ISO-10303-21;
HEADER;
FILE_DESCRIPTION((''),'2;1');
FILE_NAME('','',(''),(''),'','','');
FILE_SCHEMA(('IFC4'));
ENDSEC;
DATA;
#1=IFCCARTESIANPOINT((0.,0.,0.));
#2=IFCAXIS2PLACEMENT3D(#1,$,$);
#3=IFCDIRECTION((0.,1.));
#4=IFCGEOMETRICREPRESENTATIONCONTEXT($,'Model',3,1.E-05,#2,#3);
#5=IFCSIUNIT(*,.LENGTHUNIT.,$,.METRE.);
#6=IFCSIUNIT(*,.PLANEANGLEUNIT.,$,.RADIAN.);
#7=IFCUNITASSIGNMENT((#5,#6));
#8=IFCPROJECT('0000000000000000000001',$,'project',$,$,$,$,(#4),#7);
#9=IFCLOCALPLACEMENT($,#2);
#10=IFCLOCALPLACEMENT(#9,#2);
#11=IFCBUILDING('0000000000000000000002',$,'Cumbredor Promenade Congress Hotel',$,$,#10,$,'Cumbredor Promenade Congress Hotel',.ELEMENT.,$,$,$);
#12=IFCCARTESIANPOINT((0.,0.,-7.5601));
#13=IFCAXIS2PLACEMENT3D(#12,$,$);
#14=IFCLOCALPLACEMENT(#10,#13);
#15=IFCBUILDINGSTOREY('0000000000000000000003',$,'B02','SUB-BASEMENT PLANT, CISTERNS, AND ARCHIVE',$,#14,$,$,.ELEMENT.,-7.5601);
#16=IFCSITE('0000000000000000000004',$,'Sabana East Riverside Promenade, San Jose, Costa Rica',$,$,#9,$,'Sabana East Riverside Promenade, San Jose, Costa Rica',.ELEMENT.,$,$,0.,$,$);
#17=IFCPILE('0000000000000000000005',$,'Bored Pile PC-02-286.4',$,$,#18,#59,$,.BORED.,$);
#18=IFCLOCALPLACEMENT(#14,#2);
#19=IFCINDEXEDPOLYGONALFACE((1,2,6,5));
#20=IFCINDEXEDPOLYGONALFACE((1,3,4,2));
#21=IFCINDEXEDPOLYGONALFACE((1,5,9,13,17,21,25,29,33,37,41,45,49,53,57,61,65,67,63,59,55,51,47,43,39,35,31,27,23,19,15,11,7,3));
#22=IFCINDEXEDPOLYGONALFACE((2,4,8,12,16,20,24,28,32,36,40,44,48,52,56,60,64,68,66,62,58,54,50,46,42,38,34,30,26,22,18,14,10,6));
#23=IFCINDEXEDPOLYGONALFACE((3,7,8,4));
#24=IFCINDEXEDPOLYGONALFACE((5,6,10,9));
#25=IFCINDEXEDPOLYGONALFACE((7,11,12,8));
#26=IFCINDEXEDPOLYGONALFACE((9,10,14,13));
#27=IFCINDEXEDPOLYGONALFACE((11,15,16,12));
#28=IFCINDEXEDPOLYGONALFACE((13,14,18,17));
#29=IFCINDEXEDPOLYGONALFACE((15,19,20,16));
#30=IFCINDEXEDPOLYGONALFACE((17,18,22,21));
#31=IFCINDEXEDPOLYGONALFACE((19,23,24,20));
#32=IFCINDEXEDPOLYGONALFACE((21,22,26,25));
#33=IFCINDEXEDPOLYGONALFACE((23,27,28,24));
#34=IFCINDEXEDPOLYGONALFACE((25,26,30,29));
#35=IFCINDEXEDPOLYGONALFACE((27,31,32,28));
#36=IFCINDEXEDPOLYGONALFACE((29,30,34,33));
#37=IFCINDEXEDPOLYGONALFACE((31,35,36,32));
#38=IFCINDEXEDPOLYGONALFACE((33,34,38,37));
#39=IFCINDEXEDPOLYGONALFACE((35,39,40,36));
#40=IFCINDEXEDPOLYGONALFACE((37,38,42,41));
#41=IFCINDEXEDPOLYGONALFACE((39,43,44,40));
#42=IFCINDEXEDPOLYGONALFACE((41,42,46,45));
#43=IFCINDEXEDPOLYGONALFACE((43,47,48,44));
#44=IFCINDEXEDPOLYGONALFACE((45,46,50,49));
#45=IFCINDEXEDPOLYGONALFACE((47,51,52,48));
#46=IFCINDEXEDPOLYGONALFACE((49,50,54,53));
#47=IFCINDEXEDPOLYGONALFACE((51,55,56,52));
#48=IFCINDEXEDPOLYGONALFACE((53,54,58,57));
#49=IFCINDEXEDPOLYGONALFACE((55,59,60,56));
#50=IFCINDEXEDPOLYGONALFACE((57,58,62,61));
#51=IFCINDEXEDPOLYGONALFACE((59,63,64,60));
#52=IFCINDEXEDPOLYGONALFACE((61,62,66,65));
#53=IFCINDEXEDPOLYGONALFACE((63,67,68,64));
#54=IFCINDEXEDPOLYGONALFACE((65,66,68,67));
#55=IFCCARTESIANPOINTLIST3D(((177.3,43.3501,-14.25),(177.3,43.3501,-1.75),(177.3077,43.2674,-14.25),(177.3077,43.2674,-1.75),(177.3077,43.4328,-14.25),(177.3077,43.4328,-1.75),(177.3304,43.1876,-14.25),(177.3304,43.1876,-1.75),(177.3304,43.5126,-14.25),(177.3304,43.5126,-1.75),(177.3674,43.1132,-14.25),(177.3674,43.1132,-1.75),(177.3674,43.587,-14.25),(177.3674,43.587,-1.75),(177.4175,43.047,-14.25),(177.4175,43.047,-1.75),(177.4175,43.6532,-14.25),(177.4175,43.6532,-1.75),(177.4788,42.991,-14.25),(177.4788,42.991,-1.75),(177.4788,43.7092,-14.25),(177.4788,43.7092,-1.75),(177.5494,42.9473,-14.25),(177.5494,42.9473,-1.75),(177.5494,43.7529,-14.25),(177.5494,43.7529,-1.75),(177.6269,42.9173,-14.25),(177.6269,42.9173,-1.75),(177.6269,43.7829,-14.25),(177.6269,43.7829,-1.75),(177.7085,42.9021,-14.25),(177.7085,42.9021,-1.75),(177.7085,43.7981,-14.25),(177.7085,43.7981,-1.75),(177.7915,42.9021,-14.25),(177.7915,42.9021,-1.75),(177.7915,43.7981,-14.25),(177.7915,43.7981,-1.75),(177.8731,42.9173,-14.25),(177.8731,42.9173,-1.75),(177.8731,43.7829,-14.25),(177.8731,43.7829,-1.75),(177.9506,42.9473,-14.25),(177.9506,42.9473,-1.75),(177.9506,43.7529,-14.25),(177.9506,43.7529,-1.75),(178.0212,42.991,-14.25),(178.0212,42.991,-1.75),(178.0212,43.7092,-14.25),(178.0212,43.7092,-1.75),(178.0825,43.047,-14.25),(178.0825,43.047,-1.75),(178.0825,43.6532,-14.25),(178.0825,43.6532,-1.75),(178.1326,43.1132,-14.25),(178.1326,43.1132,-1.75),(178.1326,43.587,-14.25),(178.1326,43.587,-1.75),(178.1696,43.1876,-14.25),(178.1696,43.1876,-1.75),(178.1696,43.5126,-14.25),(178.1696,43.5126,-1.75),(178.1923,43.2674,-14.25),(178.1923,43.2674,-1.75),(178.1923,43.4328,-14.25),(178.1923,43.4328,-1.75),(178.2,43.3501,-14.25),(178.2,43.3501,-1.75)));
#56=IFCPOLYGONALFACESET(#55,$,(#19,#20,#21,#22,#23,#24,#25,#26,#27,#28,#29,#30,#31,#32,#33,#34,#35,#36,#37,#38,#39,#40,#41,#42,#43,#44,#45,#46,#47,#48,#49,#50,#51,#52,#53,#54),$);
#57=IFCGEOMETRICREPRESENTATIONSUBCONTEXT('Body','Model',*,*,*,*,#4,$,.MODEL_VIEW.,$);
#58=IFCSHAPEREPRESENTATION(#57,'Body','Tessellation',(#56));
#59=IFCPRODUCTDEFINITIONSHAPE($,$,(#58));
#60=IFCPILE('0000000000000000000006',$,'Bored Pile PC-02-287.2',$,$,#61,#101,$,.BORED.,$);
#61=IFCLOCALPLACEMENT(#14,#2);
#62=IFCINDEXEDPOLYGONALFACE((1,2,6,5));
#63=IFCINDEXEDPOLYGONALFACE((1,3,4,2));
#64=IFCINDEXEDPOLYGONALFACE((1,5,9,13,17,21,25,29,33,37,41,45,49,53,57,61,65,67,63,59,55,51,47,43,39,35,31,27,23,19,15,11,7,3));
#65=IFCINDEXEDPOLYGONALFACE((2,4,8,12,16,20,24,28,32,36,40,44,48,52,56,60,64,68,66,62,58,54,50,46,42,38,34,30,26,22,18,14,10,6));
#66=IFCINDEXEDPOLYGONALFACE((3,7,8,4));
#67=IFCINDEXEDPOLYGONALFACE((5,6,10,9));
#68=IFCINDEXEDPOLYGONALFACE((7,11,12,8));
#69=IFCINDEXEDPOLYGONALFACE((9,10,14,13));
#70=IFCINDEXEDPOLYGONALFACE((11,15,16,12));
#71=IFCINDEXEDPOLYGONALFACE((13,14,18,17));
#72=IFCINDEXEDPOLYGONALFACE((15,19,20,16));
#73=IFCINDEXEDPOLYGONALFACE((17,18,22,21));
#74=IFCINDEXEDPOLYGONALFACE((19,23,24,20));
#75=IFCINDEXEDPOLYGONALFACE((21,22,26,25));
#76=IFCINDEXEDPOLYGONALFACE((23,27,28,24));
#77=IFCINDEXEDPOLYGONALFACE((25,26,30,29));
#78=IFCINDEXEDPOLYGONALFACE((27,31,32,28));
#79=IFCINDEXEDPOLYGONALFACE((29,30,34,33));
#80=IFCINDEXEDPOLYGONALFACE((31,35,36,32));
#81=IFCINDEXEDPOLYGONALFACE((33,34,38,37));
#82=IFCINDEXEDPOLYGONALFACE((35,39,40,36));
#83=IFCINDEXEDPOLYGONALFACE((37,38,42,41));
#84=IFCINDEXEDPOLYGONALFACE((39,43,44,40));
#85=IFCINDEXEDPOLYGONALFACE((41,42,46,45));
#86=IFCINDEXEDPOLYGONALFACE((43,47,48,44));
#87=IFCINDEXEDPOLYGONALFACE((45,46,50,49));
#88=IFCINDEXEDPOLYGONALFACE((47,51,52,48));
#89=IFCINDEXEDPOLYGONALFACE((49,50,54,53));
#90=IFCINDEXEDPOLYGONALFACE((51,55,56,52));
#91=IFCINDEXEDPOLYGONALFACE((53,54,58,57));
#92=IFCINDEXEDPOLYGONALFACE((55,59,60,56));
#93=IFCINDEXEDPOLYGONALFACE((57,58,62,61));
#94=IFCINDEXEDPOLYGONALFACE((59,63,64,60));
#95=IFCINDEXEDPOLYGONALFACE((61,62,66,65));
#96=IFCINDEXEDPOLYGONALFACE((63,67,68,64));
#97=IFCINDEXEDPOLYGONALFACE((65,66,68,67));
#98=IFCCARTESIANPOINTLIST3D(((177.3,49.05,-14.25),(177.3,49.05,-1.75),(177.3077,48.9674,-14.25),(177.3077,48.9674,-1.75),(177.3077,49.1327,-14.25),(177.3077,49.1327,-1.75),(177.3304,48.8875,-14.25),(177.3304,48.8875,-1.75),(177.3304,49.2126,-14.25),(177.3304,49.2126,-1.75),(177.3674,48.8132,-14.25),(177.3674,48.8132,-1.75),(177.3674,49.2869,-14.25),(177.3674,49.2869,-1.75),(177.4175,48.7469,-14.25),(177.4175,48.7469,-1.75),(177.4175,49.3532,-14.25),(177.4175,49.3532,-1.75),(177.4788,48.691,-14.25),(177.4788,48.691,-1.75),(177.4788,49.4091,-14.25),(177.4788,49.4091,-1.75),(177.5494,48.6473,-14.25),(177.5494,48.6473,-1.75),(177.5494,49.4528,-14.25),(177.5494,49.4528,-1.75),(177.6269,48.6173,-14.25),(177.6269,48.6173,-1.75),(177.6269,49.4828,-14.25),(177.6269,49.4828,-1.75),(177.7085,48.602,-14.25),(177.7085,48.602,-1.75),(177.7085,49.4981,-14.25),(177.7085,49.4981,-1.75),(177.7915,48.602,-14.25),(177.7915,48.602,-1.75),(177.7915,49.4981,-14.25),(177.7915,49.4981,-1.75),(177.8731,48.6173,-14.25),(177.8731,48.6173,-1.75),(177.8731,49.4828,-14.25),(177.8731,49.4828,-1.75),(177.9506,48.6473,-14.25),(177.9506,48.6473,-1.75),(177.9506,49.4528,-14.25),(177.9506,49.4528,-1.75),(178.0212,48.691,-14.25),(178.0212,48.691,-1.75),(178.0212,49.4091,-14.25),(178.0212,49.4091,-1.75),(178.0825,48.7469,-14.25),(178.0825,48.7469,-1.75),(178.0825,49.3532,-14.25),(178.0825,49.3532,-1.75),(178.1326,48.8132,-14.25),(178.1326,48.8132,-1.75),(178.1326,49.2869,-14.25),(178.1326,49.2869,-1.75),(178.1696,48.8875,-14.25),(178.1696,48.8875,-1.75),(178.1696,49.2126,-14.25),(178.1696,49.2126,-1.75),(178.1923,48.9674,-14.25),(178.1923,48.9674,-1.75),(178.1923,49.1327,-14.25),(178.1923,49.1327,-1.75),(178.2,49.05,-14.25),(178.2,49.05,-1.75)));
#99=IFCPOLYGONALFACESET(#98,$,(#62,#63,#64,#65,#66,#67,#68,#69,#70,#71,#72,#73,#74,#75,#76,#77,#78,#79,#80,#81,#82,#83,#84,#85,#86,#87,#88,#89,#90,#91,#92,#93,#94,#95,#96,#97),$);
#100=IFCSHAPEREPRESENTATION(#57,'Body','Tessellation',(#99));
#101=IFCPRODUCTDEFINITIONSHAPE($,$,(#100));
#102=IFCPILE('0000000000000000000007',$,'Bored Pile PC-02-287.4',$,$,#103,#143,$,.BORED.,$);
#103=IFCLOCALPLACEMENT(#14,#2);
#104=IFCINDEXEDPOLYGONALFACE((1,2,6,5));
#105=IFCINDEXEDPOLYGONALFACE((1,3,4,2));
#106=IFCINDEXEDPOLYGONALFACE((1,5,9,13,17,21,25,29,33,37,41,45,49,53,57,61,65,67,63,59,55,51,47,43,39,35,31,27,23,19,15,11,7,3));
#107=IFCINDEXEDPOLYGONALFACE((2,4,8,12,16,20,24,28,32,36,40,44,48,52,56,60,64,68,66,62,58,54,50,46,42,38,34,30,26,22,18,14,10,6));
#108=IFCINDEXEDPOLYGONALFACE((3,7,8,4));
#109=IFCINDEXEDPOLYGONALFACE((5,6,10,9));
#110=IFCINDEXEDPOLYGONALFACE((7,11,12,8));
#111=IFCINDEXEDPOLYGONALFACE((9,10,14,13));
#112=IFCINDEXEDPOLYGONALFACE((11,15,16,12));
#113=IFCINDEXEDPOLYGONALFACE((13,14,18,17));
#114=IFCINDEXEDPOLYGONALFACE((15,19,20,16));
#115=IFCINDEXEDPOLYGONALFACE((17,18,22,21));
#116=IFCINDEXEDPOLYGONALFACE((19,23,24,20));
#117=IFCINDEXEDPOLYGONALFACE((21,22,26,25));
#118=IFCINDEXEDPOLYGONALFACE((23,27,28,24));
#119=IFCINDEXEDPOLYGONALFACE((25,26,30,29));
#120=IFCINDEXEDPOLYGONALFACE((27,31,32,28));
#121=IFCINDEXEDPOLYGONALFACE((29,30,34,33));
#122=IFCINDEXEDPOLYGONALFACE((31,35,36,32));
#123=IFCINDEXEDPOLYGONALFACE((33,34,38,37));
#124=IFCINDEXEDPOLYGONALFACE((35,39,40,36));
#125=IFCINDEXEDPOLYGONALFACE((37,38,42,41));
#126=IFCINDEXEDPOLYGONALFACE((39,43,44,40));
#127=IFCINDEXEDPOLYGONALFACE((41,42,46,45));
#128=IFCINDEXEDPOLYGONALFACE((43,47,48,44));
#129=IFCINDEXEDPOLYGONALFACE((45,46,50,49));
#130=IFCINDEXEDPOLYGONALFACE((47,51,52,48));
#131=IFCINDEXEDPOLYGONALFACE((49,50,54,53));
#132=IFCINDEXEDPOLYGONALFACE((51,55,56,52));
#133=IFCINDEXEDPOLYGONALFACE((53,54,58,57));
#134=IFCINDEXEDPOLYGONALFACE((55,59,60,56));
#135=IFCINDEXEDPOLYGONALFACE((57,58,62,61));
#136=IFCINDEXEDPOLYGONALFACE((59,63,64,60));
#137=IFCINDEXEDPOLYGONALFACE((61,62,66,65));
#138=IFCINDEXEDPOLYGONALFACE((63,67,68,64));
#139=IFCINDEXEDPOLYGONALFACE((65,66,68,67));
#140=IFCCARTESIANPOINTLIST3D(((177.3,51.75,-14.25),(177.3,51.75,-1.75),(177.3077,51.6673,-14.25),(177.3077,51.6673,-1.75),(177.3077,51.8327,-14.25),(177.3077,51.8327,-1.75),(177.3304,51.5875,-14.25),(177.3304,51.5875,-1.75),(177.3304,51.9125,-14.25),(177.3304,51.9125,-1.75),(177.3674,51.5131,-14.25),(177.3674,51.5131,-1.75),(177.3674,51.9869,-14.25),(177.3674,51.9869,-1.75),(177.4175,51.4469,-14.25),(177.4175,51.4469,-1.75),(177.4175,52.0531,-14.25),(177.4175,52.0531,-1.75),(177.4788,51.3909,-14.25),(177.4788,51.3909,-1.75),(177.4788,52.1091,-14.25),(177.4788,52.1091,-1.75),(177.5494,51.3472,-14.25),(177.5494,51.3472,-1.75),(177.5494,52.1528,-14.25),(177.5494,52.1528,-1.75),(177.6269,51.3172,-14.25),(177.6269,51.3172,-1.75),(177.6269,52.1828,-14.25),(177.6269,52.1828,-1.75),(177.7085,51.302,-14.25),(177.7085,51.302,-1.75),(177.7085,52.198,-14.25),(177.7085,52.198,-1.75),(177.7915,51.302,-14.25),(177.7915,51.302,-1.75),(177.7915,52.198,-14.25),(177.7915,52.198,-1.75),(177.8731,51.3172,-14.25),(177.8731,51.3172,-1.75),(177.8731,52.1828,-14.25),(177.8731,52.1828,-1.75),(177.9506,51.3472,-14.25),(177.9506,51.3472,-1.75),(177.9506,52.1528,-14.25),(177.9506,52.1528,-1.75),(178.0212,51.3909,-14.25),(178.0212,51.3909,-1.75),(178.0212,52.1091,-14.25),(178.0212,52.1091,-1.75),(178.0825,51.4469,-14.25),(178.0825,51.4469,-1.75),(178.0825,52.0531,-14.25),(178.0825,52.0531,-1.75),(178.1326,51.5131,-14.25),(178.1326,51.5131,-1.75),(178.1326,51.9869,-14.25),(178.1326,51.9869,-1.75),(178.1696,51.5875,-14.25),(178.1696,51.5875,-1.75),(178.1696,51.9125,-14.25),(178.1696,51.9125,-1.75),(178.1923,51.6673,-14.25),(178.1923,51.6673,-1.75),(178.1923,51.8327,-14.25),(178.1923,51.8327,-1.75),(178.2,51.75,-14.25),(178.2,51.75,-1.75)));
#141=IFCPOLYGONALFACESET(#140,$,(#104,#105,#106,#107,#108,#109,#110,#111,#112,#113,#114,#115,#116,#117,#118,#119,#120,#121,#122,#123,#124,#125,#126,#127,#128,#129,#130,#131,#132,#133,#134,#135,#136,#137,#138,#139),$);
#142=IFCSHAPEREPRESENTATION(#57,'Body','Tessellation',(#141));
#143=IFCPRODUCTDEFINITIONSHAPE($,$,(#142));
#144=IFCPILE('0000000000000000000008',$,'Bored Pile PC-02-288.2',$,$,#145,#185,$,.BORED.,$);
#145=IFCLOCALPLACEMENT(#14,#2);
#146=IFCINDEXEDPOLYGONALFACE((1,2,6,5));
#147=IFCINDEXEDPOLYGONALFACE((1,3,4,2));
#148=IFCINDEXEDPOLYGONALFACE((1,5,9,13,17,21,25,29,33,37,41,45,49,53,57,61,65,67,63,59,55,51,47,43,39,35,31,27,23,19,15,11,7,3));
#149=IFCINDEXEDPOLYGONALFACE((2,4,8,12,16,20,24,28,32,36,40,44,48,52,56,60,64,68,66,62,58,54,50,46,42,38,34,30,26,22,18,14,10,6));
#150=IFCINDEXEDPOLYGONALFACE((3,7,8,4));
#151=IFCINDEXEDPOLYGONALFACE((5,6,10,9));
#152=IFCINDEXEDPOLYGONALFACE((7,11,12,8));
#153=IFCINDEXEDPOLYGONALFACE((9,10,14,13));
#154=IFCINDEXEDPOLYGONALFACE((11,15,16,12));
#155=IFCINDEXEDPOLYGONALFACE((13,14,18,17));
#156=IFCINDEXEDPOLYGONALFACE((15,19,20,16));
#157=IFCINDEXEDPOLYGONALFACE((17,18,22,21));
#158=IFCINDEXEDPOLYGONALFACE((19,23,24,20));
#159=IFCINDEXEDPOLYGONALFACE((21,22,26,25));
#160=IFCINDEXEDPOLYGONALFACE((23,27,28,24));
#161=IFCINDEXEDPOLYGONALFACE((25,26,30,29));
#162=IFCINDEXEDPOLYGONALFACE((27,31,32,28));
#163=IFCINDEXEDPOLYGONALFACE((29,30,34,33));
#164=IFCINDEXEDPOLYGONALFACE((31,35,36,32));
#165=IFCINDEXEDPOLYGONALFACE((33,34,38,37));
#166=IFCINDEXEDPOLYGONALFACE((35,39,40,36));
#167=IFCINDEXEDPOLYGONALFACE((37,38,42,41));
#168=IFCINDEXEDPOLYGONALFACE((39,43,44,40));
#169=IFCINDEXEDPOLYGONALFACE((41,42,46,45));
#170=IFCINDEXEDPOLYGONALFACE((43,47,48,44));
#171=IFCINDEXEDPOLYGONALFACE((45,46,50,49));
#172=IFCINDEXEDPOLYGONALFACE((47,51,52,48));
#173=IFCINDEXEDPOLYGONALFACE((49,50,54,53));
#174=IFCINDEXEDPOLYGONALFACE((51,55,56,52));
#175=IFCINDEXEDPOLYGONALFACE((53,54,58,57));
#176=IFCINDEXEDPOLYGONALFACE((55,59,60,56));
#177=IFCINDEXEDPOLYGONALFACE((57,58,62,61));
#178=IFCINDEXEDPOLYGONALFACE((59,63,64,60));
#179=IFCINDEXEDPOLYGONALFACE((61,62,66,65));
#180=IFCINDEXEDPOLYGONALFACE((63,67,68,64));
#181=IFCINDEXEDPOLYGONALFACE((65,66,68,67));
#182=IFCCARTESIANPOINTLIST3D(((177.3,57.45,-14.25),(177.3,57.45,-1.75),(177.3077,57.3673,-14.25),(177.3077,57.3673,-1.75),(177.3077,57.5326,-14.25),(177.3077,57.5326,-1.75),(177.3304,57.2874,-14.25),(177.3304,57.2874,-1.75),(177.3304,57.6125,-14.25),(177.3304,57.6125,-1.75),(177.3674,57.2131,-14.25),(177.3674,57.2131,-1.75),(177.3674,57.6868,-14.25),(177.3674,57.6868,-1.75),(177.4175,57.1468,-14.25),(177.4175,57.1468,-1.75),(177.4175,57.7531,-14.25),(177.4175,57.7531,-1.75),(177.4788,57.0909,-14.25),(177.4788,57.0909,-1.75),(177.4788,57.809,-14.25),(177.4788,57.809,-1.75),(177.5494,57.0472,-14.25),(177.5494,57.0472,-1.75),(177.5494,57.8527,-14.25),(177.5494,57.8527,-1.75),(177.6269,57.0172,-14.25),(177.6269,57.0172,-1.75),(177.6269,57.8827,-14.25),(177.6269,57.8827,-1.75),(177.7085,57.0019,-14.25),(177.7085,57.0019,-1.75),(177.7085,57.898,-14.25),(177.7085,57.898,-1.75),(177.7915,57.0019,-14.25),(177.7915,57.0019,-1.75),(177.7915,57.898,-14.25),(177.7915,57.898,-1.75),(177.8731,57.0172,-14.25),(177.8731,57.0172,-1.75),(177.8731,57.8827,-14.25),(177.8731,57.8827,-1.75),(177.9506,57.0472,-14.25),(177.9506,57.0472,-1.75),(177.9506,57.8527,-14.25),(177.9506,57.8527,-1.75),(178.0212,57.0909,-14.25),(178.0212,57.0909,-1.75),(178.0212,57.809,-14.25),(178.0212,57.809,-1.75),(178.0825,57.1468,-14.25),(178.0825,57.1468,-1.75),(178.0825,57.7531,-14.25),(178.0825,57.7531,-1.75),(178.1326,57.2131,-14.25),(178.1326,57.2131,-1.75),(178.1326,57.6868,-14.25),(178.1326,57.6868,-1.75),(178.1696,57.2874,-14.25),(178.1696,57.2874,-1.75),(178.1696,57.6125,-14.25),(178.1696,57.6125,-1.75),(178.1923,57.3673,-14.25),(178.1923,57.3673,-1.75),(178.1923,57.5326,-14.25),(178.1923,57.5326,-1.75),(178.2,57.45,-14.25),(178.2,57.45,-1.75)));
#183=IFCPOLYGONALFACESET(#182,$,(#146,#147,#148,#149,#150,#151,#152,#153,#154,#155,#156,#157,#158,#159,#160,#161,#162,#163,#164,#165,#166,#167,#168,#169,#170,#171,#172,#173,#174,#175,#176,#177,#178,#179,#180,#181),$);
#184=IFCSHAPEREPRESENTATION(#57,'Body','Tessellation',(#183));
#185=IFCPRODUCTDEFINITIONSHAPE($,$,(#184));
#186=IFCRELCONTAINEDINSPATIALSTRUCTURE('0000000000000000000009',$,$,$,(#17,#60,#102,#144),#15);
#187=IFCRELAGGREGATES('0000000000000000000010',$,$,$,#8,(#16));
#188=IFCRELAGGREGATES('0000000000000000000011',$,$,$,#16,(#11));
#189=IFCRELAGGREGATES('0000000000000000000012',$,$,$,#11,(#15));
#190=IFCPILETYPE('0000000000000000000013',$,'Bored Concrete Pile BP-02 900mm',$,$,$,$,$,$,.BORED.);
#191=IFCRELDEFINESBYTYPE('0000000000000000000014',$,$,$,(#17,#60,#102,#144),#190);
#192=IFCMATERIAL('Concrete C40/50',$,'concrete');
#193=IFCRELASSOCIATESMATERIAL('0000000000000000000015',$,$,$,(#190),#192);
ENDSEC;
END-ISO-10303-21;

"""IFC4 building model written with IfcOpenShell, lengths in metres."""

from ifc_helpers import new_model, si_unit, direction, frame, origin, origin_2d, place, context, subcontext, project, spatial, circle, extrude, material, material_profile, profile_set, type_object, element, save


model = new_model("IFC4")

# Units and contexts
model_context = context("Model", 3, precision=1e-05, world=origin(), true_north=direction((0.0, 1.0)))
body_context = subcontext(model_context, "Body", "Model", "MODEL_VIEW")
ifc_project = project(units=[si_unit("LENGTHUNIT", "METRE"), si_unit("PLANEANGLEUNIT", "RADIAN")], contexts=[model_context])

# Site, building, storey
site_placement = place(None, origin())
site = spatial("IfcSite", under=ifc_project, at=site_placement, Name="Sabana East Riverside Promenade, San Jose, Costa Rica", LongName="Sabana East Riverside Promenade, San Jose, Costa Rica", CompositionType="ELEMENT", RefElevation=0.0)
building_placement = place(site_placement, origin())
building = spatial("IfcBuilding", under=site, at=building_placement, Name="Cumbredor Promenade Congress Hotel", LongName="Cumbredor Promenade Congress Hotel", CompositionType="ELEMENT")
storey_placement = place(building_placement, frame((0.0, 0.0, -7.5601)))
storey = spatial("IfcBuildingStorey", under=building, at=storey_placement, Name="B02", Description="SUB-BASEMENT PLANT, CISTERNS, AND ARCHIVE", CompositionType="ELEMENT", Elevation=-7.5601)

# Piles
ifc_material_1 = material(Name="Concrete C40/50", Category="concrete")
ifc_material_profile_1 = material_profile(ifc_material_1, circle(Radius=0.45, at=origin_2d()), Name="PILE D900")
ifc_profile_set_1 = profile_set([ifc_material_profile_1], Name="Concrete C40/50")
pile_type = type_object("IfcPileType", Name="Bored Concrete Pile BP-02 900mm", PredefinedType="BORED", material=ifc_profile_set_1)
for number, where, z_axis, x_axis, name in (
    (1, (177.75, 43.3501, -1.75), (0.0, 0.0, -1.0), (1.0, 0.0, 0.0), "Bored Pile PC-02-286.4"),
    (2, (177.75, 49.05, -1.75), (0.0, 0.0, -1.0), (1.0, 0.0, 0.0), "Bored Pile PC-02-287.2"),
    (3, (177.75, 51.75, -1.75), (0.0, 0.0, -1.0), (1.0, 0.0, 0.0), "Bored Pile PC-02-287.4"),
    (4, (177.75, 57.45, -1.75), (0.0, 0.0, -1.0), (1.0, 0.0, 0.0), "Bored Pile PC-02-288.2"),
):
    element("IfcPile", number, at=place(storey_placement, frame(where, z_axis=z_axis, x_axis=x_axis)), inside=storey, type_object=pile_type, Name=name, PredefinedType="BORED", context=body_context, shape_type="SweptSolid", body=[
        extrude(circle(Radius=0.45, at=origin_2d()), origin(), (0.0, 0.0, 1.0), 12.5),
    ])

save(model, "model.ifc")
